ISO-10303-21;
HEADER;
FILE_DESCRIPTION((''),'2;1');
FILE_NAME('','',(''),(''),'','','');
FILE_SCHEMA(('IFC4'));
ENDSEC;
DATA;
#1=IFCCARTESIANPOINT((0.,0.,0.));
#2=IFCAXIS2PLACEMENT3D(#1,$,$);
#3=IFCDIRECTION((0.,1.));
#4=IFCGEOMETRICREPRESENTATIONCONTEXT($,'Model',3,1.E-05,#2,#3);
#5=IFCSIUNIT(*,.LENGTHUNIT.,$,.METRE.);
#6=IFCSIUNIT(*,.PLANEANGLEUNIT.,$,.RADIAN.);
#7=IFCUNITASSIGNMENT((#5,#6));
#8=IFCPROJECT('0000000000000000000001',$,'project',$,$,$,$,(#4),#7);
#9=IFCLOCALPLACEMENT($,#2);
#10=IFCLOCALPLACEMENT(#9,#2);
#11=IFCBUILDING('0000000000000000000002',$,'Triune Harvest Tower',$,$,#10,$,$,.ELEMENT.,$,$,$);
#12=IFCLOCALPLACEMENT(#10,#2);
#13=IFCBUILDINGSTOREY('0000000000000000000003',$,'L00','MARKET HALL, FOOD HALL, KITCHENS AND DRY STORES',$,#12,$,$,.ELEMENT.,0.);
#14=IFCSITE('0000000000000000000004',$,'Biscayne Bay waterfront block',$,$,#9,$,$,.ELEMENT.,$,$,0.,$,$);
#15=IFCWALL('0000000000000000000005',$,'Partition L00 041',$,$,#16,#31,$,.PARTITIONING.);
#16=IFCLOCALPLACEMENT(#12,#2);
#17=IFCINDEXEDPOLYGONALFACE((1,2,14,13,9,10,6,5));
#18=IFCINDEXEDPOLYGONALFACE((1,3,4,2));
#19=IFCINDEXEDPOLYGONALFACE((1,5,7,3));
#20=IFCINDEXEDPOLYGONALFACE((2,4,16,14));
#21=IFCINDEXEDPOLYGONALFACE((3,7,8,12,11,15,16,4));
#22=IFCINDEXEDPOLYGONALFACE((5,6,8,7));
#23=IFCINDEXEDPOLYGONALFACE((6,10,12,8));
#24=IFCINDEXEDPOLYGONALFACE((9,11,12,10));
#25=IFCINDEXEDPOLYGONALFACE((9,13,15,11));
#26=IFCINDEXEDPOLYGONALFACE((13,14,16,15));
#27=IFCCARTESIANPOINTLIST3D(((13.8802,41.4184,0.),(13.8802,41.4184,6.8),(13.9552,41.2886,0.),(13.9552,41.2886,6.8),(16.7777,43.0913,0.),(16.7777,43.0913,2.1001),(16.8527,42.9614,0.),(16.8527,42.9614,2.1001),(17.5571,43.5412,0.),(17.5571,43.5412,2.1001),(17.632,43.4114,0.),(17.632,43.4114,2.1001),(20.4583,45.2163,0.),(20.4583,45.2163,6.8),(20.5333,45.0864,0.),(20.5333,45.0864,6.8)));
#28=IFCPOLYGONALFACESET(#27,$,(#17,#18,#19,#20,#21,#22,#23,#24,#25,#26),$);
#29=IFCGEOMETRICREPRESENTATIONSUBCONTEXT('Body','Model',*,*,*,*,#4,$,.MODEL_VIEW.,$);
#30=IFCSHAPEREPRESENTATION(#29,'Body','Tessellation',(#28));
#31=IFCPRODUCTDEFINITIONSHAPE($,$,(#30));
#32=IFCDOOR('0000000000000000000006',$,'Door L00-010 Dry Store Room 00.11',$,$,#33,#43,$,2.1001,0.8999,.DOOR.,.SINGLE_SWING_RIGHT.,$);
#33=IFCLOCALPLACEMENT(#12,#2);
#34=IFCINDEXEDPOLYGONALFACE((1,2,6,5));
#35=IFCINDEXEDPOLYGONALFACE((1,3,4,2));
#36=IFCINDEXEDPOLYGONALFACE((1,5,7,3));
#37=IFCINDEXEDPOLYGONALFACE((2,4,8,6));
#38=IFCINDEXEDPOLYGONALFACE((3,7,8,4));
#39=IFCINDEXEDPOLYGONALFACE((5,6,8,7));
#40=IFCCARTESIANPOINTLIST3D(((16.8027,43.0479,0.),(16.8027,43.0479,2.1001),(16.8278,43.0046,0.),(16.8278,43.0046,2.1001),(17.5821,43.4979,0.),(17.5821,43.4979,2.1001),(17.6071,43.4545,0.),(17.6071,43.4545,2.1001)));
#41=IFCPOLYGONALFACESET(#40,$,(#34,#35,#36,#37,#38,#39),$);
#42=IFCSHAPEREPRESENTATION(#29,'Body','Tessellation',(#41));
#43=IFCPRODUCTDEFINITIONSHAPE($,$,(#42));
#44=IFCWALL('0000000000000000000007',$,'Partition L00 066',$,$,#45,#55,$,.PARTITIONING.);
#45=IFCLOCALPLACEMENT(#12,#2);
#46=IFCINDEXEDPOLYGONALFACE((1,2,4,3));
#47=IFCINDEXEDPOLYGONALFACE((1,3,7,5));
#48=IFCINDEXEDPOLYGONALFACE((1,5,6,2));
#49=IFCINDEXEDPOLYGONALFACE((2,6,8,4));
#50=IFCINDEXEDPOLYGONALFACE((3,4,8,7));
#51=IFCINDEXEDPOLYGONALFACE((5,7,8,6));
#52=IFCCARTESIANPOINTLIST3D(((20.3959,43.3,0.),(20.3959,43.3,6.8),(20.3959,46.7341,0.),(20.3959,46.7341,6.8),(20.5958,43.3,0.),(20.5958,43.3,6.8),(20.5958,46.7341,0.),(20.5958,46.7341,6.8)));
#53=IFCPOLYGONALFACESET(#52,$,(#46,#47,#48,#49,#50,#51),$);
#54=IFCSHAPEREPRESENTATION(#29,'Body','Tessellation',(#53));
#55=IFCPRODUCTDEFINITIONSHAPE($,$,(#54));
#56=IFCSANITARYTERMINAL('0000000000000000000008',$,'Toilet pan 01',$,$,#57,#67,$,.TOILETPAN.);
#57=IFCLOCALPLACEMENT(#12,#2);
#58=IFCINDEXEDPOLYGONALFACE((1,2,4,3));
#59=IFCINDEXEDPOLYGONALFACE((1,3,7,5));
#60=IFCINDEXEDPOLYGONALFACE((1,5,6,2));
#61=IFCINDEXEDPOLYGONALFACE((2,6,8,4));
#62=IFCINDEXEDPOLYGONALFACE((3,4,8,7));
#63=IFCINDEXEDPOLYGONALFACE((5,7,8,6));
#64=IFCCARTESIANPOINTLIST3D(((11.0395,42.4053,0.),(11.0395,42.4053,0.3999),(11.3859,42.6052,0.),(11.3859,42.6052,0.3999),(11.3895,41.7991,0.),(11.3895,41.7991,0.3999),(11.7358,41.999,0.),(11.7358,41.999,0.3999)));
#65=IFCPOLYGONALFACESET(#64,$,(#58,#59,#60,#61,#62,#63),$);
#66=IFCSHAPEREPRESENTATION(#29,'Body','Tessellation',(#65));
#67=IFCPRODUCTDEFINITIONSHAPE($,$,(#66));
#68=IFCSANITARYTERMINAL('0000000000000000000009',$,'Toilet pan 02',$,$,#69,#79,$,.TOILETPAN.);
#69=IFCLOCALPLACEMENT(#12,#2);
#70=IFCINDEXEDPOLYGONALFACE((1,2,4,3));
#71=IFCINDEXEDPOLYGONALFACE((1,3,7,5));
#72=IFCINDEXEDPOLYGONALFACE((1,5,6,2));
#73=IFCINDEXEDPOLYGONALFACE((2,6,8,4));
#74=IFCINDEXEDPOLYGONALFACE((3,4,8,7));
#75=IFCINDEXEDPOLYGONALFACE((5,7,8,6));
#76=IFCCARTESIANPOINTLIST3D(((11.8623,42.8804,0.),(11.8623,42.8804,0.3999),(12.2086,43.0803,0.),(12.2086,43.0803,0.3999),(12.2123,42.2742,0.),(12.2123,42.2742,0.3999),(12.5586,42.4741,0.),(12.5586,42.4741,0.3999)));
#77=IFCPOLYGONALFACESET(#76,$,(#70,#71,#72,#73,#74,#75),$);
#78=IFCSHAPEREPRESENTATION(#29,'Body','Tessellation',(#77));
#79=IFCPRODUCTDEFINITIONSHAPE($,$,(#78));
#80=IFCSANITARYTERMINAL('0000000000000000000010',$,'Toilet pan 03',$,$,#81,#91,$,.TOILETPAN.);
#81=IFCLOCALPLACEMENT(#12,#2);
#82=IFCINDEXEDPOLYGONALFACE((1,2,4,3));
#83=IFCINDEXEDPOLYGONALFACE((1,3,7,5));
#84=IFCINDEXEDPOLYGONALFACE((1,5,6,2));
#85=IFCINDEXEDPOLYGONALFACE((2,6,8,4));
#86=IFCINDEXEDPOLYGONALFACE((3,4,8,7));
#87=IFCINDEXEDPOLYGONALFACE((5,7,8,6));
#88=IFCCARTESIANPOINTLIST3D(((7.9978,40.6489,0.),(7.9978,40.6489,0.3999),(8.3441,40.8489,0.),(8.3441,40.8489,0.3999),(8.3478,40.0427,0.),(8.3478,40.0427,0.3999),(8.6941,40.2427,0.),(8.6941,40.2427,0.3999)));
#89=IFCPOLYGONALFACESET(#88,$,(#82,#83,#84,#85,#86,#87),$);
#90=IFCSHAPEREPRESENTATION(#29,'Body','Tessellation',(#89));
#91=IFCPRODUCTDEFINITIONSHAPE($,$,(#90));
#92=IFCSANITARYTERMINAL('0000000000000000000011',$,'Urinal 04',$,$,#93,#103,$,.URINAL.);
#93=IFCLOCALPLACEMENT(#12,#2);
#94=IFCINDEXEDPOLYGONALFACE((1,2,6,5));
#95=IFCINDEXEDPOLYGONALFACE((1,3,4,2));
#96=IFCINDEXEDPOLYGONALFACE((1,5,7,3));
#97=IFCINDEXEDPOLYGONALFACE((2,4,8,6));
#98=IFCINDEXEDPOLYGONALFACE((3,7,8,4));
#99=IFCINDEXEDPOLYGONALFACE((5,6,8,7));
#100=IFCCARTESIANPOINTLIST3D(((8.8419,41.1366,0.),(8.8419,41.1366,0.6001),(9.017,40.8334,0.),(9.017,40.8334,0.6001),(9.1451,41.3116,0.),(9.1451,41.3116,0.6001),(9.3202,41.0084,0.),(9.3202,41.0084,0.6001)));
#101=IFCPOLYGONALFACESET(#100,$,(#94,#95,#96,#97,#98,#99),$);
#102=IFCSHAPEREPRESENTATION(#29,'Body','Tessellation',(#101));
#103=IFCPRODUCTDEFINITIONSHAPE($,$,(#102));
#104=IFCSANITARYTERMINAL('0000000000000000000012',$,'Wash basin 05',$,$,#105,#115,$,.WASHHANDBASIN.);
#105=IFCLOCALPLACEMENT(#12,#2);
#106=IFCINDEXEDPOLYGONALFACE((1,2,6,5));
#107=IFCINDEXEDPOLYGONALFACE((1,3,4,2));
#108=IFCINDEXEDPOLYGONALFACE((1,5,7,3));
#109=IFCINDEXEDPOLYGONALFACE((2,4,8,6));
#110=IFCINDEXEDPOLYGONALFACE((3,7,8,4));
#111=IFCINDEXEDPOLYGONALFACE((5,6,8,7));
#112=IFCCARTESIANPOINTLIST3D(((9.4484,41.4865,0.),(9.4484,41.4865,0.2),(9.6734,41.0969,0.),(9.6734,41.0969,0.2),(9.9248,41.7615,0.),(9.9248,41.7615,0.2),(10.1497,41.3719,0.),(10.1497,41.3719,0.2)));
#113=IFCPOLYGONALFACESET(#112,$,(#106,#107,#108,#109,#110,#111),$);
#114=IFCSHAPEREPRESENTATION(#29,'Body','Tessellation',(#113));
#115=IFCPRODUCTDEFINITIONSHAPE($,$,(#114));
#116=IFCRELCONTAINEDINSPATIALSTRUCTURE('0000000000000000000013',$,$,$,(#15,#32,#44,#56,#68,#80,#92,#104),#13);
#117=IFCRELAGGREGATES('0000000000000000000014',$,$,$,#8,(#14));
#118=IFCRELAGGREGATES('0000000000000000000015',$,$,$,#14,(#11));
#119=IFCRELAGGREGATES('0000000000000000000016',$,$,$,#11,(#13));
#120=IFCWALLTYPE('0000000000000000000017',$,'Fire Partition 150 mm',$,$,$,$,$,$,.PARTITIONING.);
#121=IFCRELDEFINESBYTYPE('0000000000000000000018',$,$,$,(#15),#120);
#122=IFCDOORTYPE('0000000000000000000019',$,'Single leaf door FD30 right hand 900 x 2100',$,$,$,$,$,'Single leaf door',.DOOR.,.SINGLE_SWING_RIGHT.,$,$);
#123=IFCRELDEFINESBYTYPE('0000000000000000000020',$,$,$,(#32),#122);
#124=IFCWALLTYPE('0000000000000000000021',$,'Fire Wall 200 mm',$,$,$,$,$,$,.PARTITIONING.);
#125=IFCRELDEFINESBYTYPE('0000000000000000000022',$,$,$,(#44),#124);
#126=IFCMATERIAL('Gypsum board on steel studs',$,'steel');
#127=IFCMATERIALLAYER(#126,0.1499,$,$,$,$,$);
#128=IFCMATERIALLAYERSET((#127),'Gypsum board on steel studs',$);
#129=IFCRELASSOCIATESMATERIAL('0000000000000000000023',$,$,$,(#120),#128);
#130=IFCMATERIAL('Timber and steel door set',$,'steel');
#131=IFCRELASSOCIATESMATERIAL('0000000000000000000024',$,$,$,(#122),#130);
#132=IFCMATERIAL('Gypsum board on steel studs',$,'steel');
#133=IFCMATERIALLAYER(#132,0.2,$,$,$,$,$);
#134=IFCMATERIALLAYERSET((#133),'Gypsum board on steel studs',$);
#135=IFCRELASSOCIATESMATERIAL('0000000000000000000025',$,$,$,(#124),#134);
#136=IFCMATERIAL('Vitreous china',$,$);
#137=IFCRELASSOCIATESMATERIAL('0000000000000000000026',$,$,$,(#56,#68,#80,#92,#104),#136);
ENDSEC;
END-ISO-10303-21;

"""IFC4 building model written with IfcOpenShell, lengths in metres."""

from ifc_helpers import new_model, si_unit, direction, frame, frame_2d, origin, origin_2d, place, context, subcontext, project, spatial, rectangle, extrude, source, transform, mapped, material, layer, layer_set, type_object, element, fill, save


model = new_model("IFC4")

# Units and contexts
model_context = context("Model", 3, precision=1e-05, world=origin(), true_north=direction((0.0, 1.0)))
body_context = subcontext(model_context, "Body", "Model", "MODEL_VIEW")
ifc_project = project(units=[si_unit("LENGTHUNIT", "METRE"), si_unit("PLANEANGLEUNIT", "RADIAN")], contexts=[model_context])

# Site, building, storey
site_placement = place(None, origin())
site = spatial("IfcSite", under=ifc_project, at=site_placement, Name="Biscayne Bay waterfront block", CompositionType="ELEMENT", RefElevation=0.0)
building_placement = place(site_placement, origin())
building = spatial("IfcBuilding", under=site, at=building_placement, Name="Triune Harvest Tower", CompositionType="ELEMENT")
storey_placement = place(building_placement, origin())
storey = spatial("IfcBuildingStorey", under=building, at=storey_placement, Name="L00", Description="MARKET HALL, FOOD HALL, KITCHENS AND DRY STORES", CompositionType="ELEMENT", Elevation=0.0)

# Shared definitions
ifc_material_1 = material(Name="Gypsum board on steel studs", Category="steel")
ifc_layer_1 = layer(ifc_material_1, 0.1499)
ifc_layer_set_1 = layer_set([ifc_layer_1], Name="Gypsum board on steel studs")
wall_type_1 = type_object("IfcWallType", Name="Fire Partition 150 mm", PredefinedType="PARTITIONING", material=ifc_layer_set_1)

# Wall, opening, door
wall_1_placement = place(storey_placement, frame((13.9177, 41.3535, 0.0), z_axis=(0.0, 0.0, 1.0), x_axis=(0.866027, 0.499997, 0.0)))
wall_1 = element("IfcWall", 1, at=wall_1_placement, inside=storey, type_object=wall_type_1, Name="Partition L00 041", PredefinedType="PARTITIONING", context=body_context, shape_type="SweptSolid", body=[
    extrude(rectangle(XDim=7.5957, YDim=0.1499, at=frame_2d((3.7979, 0.0))), origin(), (0.0, 0.0, 1.0), 6.8),
])
opening_placement = place(wall_1_placement, frame((3.3457, 0.0, 0.0)))
opening = element("IfcOpeningElement", 2, at=opening_placement, cuts=wall_1, PredefinedType="OPENING", context=body_context, shape_type="SweptSolid", body=[
    extrude(rectangle(XDim=0.8999, YDim=2.1001, at=frame_2d((0.45, 1.05))), frame((0.0, 0.085, 0.0), z_axis=(0.0, -1.0, 0.0), x_axis=(1.0, 0.0, 0.0)), (0.0, 0.0, 1.0), 0.1699),
])
ifc_material_2 = material(Name="Timber and steel door set", Category="steel")
door_type = type_object("IfcDoorType", Name="Single leaf door FD30 right hand 900 x 2100", ElementType="Single leaf door", OperationType="SINGLE_SWING_RIGHT", PredefinedType="DOOR", material=ifc_material_2)
door_placement = place(opening_placement, origin())
door = element("IfcDoor", 3, at=door_placement, inside=storey, type_object=door_type, Name="Door L00-010 Dry Store Room 00.11", OperationType="SINGLE_SWING_RIGHT", OverallHeight=2.1001, OverallWidth=0.8999, PredefinedType="DOOR", context=body_context, shape_type="SweptSolid", body=[
    extrude(rectangle(XDim=0.8999, YDim=2.1001, at=frame_2d((0.45, 1.05))), frame((0.0, 0.0249, 0.0), z_axis=(0.0, -1.0, 0.0), x_axis=(1.0, 0.0, 0.0)), (0.0, 0.0, 1.0), 0.05),
])
fill(opening, door)

# Wall
ifc_material_3 = material(Name="Gypsum board on steel studs", Category="steel")
ifc_layer_2 = layer(ifc_material_3, 0.2)
ifc_layer_set_2 = layer_set([ifc_layer_2], Name="Gypsum board on steel studs")
wall_type_2 = type_object("IfcWallType", Name="Fire Wall 200 mm", PredefinedType="PARTITIONING", material=ifc_layer_set_2)
wall_2_placement = place(storey_placement, frame((20.4958, 43.3, 0.0), z_axis=(0.0, 0.0, 1.0), x_axis=(0.0, 1.0, 0.0)))
element("IfcWall", 4, at=wall_2_placement, inside=storey, type_object=wall_type_2, Name="Partition L00 066", PredefinedType="PARTITIONING", context=body_context, shape_type="SweptSolid", body=[
    extrude(rectangle(XDim=3.4341, YDim=0.2, at=frame_2d((1.717, 0.0))), origin(), (0.0, 0.0, 1.0), 6.8),
])

# Sanitary terminals
ifc_material_4 = material(Name="Vitreous china")
shared_shape_1 = source(origin(), body_context, "Body", "SweptSolid", [
    extrude(rectangle(XDim=0.3999, YDim=0.7, at=origin_2d()), origin(), (0.0, 0.0, 1.0), 0.3999),
])
for number, where, z_axis, x_axis, name in (
    (5, (11.3877, 42.2021, 0.0), (0.0, 0.0, 1.0), (0.866025, 0.5, 0.0), "Toilet pan 01"),
    (6, (12.2104, 42.6772, 0.0), (0.0, 0.0, 1.0), (0.866025, 0.5, 0.0), "Toilet pan 02"),
    (7, (8.3459, 40.4458, 0.0), (0.0, 0.0, 1.0), (0.866025, 0.5, 0.0), "Toilet pan 03"),
):
    element("IfcSanitaryTerminal", number, at=place(storey_placement, frame(where, z_axis=z_axis, x_axis=x_axis)), inside=storey, material=ifc_material_4, Name=name, PredefinedType="TOILETPAN", context=body_context, shape_type="MappedRepresentation", body=[
        mapped(shared_shape_1, transform((0.0, 0.0, 0.0), scale=1.0)),
    ])
shared_shape_2 = source(origin(), body_context, "Body", "SweptSolid", [
    extrude(rectangle(XDim=0.3501, YDim=0.3501, at=origin_2d()), origin(), (0.0, 0.0, 1.0), 0.6001),
])
sanitary_terminal_1_placement = place(storey_placement, frame((9.0811, 41.0725, 0.0), z_axis=(0.0, 0.0, 1.0), x_axis=(0.866025, 0.5, 0.0)))
element("IfcSanitaryTerminal", 8, at=sanitary_terminal_1_placement, inside=storey, material=ifc_material_4, Name="Urinal 04", PredefinedType="URINAL", context=body_context, shape_type="MappedRepresentation", body=[
    mapped(shared_shape_2, transform((0.0, 0.0, 0.0), scale=1.0)),
])
shared_shape_3 = source(origin(), body_context, "Body", "SweptSolid", [
    extrude(rectangle(XDim=0.55, YDim=0.45, at=origin_2d()), origin(), (0.0, 0.0, 1.0), 0.2),
])
sanitary_terminal_2_placement = place(storey_placement, frame((9.7991, 41.4292, 0.0), z_axis=(0.0, 0.0, 1.0), x_axis=(0.866025, 0.5, 0.0)))
element("IfcSanitaryTerminal", 9, at=sanitary_terminal_2_placement, inside=storey, material=ifc_material_4, Name="Wash basin 05", PredefinedType="WASHHANDBASIN", context=body_context, shape_type="MappedRepresentation", body=[
    mapped(shared_shape_3, transform((0.0, 0.0, 0.0), scale=1.0)),
])

save(model, "model.ifc")
